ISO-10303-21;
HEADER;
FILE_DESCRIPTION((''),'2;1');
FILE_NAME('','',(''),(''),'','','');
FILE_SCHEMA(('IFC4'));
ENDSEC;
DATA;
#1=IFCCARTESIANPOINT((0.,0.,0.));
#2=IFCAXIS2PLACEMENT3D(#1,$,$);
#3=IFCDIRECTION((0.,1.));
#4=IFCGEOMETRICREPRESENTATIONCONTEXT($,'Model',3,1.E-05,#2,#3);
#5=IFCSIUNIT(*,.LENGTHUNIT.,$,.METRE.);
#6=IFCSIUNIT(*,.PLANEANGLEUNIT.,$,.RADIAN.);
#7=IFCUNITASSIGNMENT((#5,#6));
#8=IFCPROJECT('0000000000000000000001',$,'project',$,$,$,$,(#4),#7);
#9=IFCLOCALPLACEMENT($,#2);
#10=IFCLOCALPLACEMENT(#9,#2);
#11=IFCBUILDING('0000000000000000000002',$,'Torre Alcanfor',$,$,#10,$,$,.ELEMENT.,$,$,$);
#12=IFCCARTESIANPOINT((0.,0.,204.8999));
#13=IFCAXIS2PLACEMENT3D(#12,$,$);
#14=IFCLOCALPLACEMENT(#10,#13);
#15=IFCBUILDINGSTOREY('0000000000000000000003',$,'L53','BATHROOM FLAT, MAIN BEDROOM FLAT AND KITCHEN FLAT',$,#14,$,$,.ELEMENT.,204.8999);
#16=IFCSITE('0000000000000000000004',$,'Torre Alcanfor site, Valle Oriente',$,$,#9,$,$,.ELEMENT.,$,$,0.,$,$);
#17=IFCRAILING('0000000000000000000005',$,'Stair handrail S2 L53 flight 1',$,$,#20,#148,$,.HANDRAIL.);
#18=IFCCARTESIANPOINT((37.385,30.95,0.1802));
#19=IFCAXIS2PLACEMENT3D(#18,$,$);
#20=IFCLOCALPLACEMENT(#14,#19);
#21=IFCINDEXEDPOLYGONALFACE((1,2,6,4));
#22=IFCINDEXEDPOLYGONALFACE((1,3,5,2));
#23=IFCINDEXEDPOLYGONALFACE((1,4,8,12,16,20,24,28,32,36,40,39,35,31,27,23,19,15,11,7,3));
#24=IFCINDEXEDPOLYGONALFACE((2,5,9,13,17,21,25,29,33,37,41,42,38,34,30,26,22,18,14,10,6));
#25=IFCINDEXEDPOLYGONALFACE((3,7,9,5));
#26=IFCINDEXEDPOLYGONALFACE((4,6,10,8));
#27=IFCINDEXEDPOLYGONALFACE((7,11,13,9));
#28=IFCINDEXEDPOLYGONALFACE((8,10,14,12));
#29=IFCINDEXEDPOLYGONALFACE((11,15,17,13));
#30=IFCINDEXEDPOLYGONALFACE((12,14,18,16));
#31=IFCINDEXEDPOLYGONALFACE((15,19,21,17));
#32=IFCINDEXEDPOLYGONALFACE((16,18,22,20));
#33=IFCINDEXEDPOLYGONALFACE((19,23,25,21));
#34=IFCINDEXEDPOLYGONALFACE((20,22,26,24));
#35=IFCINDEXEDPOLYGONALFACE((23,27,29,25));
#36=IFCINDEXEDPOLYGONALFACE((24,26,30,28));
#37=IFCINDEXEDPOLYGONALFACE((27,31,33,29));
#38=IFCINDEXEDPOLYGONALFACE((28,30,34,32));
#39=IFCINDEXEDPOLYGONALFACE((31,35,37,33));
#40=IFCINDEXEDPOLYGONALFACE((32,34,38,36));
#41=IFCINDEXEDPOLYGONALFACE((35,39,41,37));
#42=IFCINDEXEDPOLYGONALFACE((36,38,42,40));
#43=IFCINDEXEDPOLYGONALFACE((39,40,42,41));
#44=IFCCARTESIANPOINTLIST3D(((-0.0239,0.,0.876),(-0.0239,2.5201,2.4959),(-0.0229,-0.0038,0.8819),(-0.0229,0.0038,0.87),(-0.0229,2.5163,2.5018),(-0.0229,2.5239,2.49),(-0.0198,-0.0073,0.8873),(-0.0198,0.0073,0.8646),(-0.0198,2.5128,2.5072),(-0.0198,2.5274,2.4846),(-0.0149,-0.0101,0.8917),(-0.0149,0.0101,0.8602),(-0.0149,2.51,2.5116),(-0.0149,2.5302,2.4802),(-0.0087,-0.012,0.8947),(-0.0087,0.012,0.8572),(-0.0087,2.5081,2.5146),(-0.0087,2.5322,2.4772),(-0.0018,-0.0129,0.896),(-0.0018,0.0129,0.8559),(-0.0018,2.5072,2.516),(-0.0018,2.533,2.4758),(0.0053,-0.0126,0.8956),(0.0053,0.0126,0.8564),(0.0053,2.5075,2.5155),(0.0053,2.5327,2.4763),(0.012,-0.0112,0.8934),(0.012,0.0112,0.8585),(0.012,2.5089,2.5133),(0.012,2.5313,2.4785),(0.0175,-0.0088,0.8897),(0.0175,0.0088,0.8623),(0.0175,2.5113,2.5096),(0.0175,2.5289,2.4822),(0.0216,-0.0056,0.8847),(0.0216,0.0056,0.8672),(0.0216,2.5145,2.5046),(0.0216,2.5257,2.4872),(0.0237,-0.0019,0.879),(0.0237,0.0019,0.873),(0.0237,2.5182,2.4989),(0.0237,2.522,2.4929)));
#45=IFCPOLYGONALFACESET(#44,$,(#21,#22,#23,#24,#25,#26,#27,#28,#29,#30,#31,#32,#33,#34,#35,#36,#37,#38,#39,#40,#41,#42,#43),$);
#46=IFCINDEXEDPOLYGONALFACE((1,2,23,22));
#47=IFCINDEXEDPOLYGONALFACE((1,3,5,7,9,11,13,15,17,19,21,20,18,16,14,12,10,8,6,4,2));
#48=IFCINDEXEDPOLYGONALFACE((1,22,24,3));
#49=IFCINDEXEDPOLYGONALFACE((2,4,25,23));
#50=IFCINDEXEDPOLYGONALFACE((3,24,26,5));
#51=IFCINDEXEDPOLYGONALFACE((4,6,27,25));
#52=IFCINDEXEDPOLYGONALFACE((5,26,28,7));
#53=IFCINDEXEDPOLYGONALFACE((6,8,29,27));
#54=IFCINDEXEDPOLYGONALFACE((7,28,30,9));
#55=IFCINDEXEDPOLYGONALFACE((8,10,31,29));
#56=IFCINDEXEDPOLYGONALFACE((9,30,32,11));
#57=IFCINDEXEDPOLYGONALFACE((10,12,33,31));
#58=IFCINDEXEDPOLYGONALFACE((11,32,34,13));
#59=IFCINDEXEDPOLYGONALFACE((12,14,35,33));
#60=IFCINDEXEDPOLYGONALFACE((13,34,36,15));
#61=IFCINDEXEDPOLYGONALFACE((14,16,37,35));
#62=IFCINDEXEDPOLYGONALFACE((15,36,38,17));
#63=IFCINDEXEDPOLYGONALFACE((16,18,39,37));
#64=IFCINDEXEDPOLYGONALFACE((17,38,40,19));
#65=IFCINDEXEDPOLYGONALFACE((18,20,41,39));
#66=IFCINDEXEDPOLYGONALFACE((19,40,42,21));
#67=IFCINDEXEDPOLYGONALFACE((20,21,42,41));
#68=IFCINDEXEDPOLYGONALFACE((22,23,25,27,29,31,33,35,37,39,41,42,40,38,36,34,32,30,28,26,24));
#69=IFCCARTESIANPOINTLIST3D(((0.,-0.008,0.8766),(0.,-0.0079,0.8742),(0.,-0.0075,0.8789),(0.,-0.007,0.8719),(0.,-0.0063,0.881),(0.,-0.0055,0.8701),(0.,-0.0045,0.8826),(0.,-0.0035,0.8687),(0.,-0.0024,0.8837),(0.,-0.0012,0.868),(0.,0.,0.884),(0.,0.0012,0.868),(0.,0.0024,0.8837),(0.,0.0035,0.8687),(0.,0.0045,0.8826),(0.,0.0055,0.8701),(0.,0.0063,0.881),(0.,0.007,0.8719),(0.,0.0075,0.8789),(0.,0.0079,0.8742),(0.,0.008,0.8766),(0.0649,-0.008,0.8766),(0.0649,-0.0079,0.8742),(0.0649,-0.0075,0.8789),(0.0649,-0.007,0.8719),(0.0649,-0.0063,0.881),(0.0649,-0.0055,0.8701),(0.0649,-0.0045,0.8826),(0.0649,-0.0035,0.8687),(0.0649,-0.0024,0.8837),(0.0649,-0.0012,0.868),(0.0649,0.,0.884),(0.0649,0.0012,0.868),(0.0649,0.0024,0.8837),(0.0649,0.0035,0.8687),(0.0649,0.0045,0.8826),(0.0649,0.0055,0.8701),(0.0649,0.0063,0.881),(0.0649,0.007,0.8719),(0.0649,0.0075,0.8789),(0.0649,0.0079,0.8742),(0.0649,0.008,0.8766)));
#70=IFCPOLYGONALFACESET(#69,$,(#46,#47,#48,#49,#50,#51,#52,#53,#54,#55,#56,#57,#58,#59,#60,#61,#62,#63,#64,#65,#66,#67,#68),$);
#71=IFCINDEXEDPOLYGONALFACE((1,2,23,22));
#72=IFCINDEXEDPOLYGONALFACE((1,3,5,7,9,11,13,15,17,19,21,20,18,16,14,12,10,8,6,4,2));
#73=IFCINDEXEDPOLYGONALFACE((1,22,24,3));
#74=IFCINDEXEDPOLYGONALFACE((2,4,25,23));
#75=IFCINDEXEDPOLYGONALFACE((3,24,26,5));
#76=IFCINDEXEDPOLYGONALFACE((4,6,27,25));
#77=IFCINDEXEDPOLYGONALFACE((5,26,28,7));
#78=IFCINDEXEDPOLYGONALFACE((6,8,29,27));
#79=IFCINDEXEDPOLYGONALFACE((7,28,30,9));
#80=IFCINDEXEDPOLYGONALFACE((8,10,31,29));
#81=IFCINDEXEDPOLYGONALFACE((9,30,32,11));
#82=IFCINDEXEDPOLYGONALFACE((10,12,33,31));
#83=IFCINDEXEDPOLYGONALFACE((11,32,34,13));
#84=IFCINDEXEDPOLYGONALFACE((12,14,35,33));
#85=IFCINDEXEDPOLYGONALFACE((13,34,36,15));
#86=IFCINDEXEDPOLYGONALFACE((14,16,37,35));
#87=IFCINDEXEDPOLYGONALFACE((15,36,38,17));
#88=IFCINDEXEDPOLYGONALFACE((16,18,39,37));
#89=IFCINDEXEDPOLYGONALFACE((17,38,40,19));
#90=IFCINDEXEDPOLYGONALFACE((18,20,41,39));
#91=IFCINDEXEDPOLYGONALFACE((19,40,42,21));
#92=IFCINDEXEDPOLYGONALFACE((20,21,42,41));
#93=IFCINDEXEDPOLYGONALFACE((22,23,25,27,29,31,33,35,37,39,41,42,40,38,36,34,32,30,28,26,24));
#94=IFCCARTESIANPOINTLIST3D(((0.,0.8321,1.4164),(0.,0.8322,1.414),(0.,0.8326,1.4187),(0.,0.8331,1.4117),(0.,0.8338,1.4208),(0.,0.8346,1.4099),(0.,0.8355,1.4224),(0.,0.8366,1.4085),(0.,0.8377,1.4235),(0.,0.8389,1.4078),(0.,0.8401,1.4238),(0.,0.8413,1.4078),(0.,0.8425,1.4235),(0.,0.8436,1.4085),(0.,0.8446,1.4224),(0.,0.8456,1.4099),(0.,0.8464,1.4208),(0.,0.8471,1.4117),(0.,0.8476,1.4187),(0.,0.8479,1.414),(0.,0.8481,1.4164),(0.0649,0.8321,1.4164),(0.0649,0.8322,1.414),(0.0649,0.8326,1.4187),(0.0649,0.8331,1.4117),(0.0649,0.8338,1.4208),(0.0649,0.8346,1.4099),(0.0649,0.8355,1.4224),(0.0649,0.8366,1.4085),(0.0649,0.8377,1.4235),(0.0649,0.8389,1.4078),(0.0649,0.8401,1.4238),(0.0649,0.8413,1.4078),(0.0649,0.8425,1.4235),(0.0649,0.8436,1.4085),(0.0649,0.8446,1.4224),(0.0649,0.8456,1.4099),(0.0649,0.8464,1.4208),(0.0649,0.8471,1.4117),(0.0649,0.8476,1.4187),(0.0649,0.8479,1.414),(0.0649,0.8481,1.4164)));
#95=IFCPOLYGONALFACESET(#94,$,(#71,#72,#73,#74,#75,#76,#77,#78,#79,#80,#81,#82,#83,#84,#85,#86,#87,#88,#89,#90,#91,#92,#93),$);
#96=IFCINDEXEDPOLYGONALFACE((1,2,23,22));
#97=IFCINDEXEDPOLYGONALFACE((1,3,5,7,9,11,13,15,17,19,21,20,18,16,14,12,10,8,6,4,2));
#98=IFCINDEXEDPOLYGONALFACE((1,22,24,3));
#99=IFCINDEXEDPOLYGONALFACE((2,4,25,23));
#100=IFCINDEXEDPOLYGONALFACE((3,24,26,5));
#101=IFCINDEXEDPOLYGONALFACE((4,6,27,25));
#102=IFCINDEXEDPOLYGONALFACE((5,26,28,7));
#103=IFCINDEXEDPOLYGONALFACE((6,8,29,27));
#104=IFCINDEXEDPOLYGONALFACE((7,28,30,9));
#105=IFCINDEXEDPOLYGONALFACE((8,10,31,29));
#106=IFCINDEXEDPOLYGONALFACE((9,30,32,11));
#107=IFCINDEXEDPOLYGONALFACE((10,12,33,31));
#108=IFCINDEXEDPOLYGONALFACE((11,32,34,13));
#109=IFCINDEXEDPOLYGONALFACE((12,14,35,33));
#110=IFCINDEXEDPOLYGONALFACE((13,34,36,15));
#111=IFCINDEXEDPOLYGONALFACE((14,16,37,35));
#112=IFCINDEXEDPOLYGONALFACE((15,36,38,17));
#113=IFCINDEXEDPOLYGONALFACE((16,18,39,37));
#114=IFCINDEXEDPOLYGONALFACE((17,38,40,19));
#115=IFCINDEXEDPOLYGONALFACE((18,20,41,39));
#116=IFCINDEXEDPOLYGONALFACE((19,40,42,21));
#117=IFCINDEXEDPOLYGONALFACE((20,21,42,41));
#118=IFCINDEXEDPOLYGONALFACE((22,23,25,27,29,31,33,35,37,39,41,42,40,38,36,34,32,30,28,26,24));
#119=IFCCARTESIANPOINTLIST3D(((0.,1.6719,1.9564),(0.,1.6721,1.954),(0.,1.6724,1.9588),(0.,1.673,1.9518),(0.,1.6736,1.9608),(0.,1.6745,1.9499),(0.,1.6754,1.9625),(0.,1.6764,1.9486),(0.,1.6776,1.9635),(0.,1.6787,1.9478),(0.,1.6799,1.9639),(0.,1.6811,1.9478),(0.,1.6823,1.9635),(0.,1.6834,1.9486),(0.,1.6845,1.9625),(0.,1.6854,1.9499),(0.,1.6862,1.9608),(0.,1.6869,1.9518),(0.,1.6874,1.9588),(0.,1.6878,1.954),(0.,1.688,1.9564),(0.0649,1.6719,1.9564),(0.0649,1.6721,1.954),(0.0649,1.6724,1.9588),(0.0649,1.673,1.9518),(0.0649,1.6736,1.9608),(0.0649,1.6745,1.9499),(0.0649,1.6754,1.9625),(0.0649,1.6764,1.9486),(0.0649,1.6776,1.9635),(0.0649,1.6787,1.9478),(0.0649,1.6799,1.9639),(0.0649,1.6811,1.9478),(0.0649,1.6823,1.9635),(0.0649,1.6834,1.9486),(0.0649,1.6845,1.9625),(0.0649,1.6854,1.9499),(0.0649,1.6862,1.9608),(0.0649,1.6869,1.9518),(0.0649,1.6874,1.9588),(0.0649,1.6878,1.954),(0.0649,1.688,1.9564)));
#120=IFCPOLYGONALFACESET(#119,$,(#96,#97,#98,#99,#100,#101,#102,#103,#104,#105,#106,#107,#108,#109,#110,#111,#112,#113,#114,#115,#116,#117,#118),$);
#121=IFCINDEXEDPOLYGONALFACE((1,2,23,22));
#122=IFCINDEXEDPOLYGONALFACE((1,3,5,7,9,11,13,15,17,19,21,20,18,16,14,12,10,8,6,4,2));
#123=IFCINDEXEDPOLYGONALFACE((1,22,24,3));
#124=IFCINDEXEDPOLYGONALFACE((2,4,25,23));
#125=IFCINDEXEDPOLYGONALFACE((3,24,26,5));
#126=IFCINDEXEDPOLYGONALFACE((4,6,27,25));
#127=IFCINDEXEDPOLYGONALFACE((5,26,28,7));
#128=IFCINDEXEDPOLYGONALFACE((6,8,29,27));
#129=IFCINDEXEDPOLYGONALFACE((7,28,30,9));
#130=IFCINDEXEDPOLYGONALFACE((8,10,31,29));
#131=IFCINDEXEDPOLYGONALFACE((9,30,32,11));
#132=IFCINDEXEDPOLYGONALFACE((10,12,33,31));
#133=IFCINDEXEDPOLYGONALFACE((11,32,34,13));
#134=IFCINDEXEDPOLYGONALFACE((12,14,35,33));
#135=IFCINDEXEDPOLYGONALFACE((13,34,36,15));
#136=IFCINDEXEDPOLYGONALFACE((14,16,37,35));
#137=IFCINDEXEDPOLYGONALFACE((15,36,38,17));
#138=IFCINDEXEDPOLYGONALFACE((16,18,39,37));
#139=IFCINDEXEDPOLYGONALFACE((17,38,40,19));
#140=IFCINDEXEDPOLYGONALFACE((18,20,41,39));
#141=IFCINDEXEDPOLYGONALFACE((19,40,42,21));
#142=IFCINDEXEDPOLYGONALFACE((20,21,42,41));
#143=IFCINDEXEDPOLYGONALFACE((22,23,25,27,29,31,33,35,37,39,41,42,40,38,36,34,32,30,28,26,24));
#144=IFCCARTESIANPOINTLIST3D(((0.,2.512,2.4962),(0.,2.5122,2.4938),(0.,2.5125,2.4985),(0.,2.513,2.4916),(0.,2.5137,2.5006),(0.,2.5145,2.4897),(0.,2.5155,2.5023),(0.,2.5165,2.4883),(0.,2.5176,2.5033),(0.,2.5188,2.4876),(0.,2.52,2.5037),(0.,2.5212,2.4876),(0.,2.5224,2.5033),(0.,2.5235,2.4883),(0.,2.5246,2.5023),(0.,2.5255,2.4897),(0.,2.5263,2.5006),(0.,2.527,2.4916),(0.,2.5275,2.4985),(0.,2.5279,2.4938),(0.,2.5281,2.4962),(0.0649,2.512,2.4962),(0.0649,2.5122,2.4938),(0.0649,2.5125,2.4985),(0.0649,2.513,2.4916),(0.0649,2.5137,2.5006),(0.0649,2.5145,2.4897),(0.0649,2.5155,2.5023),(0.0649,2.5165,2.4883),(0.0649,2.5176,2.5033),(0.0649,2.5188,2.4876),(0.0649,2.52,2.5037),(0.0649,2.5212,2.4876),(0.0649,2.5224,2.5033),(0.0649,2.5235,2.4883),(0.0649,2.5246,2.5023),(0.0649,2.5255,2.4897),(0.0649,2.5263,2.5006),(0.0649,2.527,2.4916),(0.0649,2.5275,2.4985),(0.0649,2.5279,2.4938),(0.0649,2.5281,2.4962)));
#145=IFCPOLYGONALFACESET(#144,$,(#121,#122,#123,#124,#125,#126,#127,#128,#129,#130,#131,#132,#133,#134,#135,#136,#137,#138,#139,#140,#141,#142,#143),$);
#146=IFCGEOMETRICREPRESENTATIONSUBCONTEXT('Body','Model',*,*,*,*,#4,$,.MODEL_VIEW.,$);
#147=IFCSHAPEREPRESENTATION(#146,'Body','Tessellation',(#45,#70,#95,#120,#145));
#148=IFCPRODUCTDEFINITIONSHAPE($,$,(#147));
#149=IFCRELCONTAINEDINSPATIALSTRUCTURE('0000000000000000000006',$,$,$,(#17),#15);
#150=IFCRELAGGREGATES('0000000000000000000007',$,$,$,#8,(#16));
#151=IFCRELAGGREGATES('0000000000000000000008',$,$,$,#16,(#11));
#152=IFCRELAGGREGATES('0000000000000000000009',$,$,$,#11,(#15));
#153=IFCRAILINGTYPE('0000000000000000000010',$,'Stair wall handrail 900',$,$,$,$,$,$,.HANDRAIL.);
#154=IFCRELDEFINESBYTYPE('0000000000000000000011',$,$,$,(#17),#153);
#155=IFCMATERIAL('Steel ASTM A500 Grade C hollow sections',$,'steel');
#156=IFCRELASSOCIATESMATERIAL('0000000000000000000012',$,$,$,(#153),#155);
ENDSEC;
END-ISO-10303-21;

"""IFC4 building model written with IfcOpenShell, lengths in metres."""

from ifc_helpers import new_model, si_unit, direction, frame, origin, origin_2d, place, context, subcontext, project, spatial, circle, extrude, material, type_object, element, save


model = new_model("IFC4")

# Units and contexts
model_context = context("Model", 3, precision=1e-05, world=origin(), true_north=direction((0.0, 1.0)))
body_context = subcontext(model_context, "Body", "Model", "MODEL_VIEW")
ifc_project = project(units=[si_unit("LENGTHUNIT", "METRE"), si_unit("PLANEANGLEUNIT", "RADIAN")], contexts=[model_context])

# Site, building, storey
site_placement = place(None, origin())
site = spatial("IfcSite", under=ifc_project, at=site_placement, Name="Torre Alcanfor site, Valle Oriente", CompositionType="ELEMENT", RefElevation=0.0)
building_placement = place(site_placement, origin())
building = spatial("IfcBuilding", under=site, at=building_placement, Name="Torre Alcanfor", CompositionType="ELEMENT")
storey_placement = place(building_placement, frame((0.0, 0.0, 204.8999)))
storey = spatial("IfcBuildingStorey", under=building, at=storey_placement, Name="L53", Description="BATHROOM FLAT, MAIN BEDROOM FLAT AND KITCHEN FLAT", CompositionType="ELEMENT", Elevation=204.8999)

# Railing
ifc_material_1 = material(Name="Steel ASTM A500 Grade C hollow sections", Category="steel")
railing_type_1 = type_object("IfcRailingType", Name="Stair wall handrail 900", PredefinedType="HANDRAIL", material=ifc_material_1)
railing_1_placement = place(storey_placement, frame((37.385, 30.95, 0.1802)))
element("IfcRailing", 1, at=railing_1_placement, inside=storey, type_object=railing_type_1, Name="Stair handrail S2 L53 flight 1", PredefinedType="HANDRAIL", context=body_context, shape_type="SweptSolid", body=[
    extrude(circle(Radius=0.0239, at=origin_2d()), frame((0.0, 0.0, 0.876), z_axis=(0.0, 0.8412, 0.540725), x_axis=(-1.0, 0.0, 0.0)), (0.0, 0.0, 1.0), 2.9958),
    extrude(circle(Radius=0.0081, at=origin_2d()), frame((0.0, 0.0, 0.876), z_axis=(1.0, 0.0, 0.0), x_axis=(0.0, 0.0, 1.0)), (0.0, 0.0, 1.0), 0.0649),
    extrude(circle(Radius=0.0081, at=origin_2d()), frame((0.0, 0.8401, 1.4158), z_axis=(1.0, 0.0, 0.0), x_axis=(0.0, 0.0, 1.0)), (0.0, 0.0, 1.0), 0.0649),
    extrude(circle(Radius=0.0081, at=origin_2d()), frame((0.0, 1.6799, 1.9558), z_axis=(1.0, 0.0, 0.0), x_axis=(0.0, 0.0, 1.0)), (0.0, 0.0, 1.0), 0.0649),
    extrude(circle(Radius=0.0081, at=origin_2d()), frame((0.0, 2.52, 2.4956), z_axis=(1.0, 0.0, 0.0), x_axis=(0.0, 0.0, 1.0)), (0.0, 0.0, 1.0), 0.0649),
])

save(model, "model.ifc")
